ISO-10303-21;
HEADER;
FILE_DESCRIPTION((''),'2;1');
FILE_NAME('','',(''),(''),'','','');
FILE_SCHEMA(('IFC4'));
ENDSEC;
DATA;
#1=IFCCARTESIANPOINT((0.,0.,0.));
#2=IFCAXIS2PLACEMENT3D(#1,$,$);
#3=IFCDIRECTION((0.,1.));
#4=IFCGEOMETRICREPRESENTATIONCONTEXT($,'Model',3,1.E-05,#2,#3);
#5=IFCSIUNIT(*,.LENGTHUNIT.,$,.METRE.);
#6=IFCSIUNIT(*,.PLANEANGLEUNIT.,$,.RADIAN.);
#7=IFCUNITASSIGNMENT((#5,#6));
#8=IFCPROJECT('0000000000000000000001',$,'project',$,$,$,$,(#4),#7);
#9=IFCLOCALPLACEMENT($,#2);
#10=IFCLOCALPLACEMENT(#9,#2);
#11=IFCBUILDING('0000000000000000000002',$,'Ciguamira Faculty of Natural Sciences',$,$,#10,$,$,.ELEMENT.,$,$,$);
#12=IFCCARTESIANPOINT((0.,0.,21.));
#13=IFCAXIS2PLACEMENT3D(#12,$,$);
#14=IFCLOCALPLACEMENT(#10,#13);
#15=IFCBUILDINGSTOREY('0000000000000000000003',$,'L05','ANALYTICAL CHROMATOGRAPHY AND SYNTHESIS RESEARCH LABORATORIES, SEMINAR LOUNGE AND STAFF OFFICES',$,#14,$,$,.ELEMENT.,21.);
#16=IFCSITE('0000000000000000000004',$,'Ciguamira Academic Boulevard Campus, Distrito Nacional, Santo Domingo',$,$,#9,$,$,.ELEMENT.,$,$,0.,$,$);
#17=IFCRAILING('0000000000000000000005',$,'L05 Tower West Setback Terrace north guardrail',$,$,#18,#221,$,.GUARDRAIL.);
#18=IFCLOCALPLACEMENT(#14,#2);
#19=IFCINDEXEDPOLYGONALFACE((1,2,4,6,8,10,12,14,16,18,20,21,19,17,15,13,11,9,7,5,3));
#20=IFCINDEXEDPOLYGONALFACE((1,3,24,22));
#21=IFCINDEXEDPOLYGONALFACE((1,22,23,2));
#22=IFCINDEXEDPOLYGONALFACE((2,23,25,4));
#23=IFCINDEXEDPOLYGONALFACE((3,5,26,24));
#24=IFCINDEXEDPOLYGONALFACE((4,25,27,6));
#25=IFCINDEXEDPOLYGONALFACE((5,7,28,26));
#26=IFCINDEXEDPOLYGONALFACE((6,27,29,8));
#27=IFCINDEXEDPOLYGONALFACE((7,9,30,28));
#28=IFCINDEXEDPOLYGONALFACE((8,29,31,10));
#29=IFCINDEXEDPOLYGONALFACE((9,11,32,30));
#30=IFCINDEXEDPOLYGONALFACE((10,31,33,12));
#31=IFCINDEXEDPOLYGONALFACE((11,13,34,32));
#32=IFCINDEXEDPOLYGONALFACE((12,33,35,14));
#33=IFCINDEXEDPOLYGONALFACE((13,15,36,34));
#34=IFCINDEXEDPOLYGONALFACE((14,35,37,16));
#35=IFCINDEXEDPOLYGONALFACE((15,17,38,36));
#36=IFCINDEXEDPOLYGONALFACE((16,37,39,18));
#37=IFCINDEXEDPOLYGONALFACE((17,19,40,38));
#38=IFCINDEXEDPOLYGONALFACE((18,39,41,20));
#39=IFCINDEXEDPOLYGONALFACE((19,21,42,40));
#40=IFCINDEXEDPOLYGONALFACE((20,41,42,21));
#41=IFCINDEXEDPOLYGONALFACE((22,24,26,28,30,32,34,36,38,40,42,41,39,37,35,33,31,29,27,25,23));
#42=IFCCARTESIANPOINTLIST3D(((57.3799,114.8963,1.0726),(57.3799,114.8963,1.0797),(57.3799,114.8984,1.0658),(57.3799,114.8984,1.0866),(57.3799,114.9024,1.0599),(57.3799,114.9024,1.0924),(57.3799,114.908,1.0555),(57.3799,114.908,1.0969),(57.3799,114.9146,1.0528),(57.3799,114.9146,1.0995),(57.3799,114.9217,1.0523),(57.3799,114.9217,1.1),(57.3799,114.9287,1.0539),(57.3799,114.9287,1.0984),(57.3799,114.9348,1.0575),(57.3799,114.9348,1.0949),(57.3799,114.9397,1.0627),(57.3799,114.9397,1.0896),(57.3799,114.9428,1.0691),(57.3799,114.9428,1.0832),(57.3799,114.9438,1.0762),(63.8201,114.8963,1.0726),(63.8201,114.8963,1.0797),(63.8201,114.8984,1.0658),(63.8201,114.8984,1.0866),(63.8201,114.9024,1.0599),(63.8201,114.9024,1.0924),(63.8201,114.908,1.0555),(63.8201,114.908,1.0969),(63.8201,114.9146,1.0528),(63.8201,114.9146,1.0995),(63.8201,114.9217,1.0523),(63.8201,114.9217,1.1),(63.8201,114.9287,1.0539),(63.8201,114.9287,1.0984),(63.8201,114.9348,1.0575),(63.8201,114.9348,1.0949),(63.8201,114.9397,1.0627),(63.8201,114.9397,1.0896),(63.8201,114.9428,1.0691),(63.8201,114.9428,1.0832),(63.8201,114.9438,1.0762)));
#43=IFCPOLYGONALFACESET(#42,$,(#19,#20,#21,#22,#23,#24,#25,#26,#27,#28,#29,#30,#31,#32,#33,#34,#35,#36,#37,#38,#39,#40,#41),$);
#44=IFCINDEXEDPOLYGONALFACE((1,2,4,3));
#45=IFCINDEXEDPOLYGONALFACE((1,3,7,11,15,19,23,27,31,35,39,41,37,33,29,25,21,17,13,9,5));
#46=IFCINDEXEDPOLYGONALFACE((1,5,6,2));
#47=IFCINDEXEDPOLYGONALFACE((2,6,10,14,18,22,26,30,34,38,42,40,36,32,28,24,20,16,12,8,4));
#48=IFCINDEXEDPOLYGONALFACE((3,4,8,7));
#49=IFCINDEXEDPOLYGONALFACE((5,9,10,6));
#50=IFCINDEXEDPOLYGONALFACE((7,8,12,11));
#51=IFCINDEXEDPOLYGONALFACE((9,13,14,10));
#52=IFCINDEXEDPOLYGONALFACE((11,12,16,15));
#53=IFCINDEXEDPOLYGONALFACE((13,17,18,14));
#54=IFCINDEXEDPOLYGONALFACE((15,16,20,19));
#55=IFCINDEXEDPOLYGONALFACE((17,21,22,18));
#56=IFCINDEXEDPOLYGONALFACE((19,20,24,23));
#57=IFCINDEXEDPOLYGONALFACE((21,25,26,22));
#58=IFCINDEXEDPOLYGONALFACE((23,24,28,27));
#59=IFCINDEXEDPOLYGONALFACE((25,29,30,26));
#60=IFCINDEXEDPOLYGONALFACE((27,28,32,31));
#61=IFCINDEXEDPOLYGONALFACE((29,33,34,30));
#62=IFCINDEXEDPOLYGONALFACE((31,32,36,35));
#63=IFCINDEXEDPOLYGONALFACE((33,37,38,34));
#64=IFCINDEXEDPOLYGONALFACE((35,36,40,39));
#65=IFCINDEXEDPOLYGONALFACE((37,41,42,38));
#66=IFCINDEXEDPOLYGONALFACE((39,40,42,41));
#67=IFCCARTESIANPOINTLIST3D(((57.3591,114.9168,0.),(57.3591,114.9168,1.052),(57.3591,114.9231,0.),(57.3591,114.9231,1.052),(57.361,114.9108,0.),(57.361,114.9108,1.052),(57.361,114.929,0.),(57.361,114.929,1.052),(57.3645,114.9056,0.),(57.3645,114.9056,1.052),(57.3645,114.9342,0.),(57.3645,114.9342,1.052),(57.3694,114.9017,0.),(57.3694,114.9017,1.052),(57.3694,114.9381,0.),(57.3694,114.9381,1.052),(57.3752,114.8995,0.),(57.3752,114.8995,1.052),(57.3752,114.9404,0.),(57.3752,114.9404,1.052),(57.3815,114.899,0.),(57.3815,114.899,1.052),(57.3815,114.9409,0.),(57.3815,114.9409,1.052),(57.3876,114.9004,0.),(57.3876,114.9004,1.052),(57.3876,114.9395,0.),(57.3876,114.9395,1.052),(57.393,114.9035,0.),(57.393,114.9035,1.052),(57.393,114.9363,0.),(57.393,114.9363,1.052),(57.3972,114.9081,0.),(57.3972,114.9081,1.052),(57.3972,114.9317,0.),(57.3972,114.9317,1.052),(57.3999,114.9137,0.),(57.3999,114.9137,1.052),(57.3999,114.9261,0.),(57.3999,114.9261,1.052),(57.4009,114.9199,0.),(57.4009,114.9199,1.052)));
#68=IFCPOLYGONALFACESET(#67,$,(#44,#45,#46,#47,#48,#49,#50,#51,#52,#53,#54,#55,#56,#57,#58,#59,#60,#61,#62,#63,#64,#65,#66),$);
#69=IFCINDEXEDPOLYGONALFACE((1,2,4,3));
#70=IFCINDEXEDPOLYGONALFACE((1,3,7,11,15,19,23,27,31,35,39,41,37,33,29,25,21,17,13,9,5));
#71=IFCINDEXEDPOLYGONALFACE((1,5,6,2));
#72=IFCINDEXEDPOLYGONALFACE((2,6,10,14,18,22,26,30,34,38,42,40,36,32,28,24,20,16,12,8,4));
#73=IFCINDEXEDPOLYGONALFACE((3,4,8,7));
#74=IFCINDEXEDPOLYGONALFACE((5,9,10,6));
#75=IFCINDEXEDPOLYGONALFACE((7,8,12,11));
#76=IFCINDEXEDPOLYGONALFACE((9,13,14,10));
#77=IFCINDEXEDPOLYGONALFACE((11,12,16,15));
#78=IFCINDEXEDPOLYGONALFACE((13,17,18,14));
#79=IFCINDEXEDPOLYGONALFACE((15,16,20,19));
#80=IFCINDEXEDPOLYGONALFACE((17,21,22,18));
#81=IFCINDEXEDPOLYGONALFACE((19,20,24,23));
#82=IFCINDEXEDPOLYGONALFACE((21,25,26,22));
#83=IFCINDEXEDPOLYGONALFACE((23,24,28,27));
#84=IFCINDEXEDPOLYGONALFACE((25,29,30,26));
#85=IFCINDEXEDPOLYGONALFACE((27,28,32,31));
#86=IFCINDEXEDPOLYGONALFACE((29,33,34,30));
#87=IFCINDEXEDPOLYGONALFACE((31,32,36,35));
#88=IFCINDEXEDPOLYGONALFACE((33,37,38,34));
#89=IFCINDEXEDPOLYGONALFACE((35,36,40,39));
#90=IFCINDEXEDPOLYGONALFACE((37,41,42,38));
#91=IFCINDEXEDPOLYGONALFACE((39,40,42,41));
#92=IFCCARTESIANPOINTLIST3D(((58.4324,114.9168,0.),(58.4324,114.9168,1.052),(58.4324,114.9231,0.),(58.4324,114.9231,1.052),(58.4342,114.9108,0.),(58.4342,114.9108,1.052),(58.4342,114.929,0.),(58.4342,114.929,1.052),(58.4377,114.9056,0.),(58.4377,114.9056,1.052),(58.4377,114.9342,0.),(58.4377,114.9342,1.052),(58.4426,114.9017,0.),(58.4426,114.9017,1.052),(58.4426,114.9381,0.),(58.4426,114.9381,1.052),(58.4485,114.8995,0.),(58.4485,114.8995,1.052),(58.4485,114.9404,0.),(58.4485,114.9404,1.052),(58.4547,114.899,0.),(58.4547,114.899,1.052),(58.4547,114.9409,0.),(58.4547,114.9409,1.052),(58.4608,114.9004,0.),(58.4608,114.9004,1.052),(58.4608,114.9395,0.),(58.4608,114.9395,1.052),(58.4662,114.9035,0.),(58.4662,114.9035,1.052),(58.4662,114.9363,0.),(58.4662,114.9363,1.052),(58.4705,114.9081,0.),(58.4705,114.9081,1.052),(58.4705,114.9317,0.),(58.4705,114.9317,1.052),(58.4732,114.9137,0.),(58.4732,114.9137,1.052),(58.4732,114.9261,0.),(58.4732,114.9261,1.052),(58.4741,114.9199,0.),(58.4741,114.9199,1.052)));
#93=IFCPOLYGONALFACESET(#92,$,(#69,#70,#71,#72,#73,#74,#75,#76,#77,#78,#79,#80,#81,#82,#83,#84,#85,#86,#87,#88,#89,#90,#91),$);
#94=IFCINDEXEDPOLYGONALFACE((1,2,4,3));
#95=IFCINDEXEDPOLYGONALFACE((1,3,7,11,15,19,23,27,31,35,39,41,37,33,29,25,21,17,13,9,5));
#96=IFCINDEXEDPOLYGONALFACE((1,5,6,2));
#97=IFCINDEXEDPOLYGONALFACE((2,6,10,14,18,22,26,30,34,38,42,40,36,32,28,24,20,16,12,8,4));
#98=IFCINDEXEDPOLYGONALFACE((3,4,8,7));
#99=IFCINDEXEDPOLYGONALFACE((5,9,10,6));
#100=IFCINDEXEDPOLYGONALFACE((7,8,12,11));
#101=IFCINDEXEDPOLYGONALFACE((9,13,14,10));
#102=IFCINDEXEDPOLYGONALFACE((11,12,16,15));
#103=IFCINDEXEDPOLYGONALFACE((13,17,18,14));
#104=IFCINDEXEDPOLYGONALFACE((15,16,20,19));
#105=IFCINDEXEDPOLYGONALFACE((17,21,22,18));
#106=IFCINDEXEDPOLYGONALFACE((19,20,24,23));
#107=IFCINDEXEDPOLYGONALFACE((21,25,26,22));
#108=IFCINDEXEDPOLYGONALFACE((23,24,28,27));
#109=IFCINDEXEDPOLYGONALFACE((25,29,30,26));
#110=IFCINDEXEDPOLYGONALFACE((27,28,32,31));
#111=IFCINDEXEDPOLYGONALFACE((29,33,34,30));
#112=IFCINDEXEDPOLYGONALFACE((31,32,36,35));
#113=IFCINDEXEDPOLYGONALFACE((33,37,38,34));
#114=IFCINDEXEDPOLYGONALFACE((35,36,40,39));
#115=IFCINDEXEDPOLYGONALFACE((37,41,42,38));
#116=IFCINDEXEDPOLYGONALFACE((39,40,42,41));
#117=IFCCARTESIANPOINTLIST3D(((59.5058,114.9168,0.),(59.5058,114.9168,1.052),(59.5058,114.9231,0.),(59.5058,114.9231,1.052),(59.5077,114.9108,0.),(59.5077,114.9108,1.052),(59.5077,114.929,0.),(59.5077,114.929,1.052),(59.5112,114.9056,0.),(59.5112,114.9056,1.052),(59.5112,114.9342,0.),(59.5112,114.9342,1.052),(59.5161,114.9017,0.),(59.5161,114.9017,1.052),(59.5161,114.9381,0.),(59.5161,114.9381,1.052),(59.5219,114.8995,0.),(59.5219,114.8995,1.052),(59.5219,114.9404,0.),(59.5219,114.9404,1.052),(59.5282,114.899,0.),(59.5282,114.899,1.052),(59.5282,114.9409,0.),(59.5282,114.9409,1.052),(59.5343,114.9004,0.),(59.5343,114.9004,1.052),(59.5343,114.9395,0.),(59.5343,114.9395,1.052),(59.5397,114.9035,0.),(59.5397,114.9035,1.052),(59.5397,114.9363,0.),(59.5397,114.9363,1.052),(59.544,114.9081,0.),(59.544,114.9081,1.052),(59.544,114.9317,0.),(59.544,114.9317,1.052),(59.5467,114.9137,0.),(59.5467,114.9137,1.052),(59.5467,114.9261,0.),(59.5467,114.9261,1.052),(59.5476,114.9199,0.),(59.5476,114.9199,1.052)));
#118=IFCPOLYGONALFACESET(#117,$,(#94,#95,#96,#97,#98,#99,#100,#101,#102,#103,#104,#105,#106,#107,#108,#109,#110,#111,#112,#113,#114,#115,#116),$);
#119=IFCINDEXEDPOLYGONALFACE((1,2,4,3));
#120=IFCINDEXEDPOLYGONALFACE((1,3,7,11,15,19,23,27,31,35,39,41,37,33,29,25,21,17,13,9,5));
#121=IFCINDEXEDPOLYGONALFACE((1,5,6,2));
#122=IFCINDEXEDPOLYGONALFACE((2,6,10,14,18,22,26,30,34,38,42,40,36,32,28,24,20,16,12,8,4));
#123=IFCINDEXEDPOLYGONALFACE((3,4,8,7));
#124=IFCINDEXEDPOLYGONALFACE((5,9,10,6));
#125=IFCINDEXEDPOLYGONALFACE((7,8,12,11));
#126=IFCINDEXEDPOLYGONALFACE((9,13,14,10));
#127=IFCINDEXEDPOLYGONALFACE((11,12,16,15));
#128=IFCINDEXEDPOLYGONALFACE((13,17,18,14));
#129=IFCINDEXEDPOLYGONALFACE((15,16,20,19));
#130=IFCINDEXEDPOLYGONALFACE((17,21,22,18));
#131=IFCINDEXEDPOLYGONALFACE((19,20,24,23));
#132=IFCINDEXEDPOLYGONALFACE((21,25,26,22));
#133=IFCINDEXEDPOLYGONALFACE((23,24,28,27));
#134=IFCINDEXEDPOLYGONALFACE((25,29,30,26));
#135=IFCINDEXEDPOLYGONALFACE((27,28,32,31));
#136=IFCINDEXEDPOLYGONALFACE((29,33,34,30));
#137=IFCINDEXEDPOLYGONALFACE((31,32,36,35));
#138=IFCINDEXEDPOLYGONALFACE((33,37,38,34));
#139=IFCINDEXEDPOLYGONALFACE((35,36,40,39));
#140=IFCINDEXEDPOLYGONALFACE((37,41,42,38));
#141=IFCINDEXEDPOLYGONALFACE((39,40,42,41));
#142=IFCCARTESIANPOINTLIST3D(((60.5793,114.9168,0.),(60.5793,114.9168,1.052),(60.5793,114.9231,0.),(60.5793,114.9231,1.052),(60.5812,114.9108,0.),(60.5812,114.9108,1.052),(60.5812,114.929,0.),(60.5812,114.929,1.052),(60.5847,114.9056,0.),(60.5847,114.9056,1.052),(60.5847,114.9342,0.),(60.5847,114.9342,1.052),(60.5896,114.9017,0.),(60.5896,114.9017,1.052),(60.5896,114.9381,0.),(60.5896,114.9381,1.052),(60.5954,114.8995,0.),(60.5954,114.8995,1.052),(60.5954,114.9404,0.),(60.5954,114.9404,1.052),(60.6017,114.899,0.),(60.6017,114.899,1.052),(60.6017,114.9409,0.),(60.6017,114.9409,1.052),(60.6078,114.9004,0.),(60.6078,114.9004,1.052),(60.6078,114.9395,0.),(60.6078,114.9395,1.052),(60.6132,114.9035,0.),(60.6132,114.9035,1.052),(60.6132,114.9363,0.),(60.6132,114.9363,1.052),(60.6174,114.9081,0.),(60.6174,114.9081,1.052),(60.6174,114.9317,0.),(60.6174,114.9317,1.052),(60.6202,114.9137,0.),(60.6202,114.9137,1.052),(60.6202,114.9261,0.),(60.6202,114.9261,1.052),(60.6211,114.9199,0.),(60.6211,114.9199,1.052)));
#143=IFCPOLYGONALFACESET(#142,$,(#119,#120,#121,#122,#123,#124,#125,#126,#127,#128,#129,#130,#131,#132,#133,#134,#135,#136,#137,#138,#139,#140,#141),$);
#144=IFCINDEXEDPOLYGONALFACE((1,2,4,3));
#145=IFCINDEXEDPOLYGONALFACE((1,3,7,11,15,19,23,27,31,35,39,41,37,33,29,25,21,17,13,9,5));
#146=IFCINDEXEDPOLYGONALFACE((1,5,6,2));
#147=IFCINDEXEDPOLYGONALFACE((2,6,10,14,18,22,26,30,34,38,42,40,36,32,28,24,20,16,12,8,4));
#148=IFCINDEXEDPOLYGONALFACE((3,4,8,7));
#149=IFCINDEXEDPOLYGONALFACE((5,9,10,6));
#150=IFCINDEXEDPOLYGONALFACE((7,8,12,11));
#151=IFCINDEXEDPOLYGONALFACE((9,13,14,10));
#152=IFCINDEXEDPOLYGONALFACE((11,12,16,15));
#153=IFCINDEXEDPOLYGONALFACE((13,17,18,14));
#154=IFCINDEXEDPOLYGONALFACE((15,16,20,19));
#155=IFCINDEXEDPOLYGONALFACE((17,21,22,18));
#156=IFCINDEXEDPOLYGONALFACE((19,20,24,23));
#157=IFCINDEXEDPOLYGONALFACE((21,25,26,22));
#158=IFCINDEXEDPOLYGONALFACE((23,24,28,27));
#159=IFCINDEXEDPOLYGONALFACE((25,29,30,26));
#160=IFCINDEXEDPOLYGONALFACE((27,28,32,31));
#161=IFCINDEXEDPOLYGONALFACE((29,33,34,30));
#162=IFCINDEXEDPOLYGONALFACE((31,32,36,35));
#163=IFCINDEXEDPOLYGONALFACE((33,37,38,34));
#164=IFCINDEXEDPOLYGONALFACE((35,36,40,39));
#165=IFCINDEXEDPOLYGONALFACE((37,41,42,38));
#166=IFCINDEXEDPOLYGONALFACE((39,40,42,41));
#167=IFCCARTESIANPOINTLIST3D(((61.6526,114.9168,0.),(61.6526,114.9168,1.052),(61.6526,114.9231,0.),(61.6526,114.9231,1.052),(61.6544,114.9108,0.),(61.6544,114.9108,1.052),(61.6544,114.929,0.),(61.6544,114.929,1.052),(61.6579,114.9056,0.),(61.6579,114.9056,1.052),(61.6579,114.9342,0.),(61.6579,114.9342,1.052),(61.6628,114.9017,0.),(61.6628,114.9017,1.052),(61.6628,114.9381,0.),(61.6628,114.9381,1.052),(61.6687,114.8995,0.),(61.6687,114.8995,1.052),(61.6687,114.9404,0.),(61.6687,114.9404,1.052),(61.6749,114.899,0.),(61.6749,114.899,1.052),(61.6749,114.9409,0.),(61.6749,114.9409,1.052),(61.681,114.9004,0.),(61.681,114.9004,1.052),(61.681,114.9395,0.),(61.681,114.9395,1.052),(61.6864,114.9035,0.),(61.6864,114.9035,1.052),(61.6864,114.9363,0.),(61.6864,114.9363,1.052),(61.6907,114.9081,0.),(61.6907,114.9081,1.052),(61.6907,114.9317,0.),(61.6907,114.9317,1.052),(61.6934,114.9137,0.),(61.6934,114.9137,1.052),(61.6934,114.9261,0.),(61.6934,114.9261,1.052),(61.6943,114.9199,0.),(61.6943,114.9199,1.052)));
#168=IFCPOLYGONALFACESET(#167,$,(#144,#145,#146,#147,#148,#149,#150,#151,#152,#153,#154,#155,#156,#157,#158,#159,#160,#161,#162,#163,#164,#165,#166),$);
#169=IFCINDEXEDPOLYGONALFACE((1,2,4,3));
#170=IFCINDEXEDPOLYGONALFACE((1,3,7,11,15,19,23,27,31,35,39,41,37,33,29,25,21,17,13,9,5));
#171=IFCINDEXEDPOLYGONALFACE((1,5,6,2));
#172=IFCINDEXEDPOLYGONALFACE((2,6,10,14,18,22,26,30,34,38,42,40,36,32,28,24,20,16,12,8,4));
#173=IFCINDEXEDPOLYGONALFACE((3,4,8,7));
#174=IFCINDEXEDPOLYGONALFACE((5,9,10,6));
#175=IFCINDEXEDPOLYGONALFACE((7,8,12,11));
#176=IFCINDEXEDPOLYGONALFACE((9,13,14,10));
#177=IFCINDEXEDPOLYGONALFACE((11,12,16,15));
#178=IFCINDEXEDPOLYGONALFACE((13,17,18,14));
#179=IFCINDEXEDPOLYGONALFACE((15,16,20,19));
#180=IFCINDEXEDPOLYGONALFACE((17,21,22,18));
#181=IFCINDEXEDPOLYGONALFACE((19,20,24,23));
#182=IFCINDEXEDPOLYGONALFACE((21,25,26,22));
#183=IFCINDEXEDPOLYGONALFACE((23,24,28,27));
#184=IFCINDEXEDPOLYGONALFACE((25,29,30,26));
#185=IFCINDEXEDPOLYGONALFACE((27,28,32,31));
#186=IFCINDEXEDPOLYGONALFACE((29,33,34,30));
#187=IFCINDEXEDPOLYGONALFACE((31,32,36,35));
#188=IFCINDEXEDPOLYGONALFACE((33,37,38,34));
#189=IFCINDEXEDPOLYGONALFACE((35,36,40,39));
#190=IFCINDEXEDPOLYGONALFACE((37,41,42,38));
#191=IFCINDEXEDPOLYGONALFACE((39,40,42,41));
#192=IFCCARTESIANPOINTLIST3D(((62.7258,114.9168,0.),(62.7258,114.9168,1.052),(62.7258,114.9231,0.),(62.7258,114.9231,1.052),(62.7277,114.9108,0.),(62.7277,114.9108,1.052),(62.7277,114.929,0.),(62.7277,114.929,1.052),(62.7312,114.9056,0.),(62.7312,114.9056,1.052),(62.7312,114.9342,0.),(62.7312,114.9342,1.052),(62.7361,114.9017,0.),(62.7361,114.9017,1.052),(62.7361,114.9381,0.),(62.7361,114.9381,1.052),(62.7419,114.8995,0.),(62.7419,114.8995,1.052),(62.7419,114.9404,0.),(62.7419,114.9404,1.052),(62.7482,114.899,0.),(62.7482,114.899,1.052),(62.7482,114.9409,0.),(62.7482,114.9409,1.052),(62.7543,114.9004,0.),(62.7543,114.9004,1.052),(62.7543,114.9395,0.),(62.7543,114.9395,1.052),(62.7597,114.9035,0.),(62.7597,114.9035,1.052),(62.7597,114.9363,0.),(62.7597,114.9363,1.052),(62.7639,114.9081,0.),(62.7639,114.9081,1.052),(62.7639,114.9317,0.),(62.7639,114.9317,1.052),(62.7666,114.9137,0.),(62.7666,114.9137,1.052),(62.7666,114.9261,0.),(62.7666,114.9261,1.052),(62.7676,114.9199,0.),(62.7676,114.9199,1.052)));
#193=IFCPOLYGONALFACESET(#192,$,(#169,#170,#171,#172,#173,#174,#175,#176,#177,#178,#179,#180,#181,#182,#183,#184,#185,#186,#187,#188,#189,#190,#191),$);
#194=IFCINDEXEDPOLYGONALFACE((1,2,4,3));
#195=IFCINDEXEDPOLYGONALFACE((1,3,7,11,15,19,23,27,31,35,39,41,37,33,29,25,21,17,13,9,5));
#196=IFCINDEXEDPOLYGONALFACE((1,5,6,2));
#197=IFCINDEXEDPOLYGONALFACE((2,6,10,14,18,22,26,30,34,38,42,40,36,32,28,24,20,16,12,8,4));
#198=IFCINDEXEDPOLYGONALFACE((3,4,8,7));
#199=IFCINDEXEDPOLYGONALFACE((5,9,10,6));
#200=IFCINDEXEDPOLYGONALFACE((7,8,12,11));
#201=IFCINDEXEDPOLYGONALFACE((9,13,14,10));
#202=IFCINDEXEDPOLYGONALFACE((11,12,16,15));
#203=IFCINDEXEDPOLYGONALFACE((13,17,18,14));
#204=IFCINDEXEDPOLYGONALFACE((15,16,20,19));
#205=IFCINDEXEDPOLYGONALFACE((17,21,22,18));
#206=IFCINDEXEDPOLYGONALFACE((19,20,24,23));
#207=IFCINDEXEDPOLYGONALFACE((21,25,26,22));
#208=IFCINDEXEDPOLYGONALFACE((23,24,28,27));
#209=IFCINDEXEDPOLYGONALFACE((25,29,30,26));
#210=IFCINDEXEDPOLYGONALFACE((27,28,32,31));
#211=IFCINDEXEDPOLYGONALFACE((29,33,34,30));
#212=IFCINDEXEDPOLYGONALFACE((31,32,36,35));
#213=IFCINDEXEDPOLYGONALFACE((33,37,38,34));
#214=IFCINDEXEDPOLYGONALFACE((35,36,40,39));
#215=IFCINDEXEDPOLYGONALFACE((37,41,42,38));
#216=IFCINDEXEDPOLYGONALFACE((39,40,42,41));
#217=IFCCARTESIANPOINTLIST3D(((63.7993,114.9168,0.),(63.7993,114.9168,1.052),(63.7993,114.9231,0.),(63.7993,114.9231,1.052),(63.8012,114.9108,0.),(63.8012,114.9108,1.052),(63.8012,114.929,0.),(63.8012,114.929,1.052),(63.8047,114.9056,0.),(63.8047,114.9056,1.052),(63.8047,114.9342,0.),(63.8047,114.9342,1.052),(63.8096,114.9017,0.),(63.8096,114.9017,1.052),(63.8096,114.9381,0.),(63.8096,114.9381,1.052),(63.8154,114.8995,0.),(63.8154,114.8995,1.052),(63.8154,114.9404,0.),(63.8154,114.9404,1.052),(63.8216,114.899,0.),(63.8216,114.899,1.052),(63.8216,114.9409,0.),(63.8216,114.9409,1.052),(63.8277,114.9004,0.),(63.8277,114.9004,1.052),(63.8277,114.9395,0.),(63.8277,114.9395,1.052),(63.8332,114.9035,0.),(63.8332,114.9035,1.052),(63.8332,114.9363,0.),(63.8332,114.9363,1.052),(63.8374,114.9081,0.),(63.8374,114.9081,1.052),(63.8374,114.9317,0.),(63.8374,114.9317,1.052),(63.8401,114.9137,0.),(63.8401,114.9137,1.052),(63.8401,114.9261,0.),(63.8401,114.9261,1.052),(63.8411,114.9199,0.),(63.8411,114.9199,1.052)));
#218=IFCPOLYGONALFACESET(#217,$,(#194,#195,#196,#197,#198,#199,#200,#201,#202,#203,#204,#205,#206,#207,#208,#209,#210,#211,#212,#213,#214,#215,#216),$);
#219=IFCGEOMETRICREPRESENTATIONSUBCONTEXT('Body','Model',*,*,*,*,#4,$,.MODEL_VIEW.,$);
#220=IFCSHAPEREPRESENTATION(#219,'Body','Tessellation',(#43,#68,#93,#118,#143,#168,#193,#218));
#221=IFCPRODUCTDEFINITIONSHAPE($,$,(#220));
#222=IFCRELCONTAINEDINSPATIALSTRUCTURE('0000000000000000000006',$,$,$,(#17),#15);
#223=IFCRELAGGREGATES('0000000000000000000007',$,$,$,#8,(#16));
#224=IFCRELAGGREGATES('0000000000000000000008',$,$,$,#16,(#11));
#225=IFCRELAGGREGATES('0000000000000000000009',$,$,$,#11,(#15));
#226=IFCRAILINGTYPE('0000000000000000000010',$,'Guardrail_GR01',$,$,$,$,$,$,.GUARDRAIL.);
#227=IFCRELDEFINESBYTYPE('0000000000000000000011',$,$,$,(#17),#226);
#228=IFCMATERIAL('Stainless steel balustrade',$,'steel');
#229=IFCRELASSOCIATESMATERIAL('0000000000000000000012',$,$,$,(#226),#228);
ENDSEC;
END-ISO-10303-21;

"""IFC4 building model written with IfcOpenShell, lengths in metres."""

from ifc_helpers import new_model, si_unit, direction, frame, origin, origin_2d, place, context, subcontext, project, spatial, circle, extrude, material, type_object, element, save


model = new_model("IFC4")

# Units and contexts
model_context = context("Model", 3, precision=1e-05, world=origin(), true_north=direction((0.0, 1.0)))
body_context = subcontext(model_context, "Body", "Model", "MODEL_VIEW")
ifc_project = project(units=[si_unit("LENGTHUNIT", "METRE"), si_unit("PLANEANGLEUNIT", "RADIAN")], contexts=[model_context])

# Site, building, storey
site_placement = place(None, origin())
site = spatial("IfcSite", under=ifc_project, at=site_placement, Name="Ciguamira Academic Boulevard Campus, Distrito Nacional, Santo Domingo", CompositionType="ELEMENT", RefElevation=0.0)
building_placement = place(site_placement, origin())
building = spatial("IfcBuilding", under=site, at=building_placement, Name="Ciguamira Faculty of Natural Sciences", CompositionType="ELEMENT")
storey_placement = place(building_placement, frame((0.0, 0.0, 21.0)))
storey = spatial("IfcBuildingStorey", under=building, at=storey_placement, Name="L05", Description="ANALYTICAL CHROMATOGRAPHY AND SYNTHESIS RESEARCH LABORATORIES, SEMINAR LOUNGE AND STAFF OFFICES", CompositionType="ELEMENT", Elevation=21.0)

# Railing
ifc_material_1 = material(Name="Stainless steel balustrade", Category="steel")
railing_type = type_object("IfcRailingType", Name="Guardrail_GR01", PredefinedType="GUARDRAIL", material=ifc_material_1)
railing_placement = place(storey_placement, frame((57.3799, 114.9199, 0.0)))
element("IfcRailing", 1, at=railing_placement, inside=storey, type_object=railing_type, Name="L05 Tower West Setback Terrace north guardrail", PredefinedType="GUARDRAIL", context=body_context, shape_type="SweptSolid", body=[
    extrude(circle(Radius=0.0239, at=origin_2d()), frame((0.0, 0.0, 1.0762), z_axis=(1.0, 0.0, 0.0), x_axis=(0.0, 1.0, 0.0)), (0.0, 0.0, 1.0), 6.4402),
    extrude(circle(Radius=0.021, at=origin_2d()), origin(), (0.0, 0.0, 1.0), 1.052),
    extrude(circle(Radius=0.021, at=origin_2d()), frame((1.0732, 0.0, 0.0)), (0.0, 0.0, 1.0), 1.052),
    extrude(circle(Radius=0.021, at=origin_2d()), frame((2.1467, 0.0, 0.0)), (0.0, 0.0, 1.0), 1.052),
    extrude(circle(Radius=0.021, at=origin_2d()), frame((3.2202, 0.0, 0.0)), (0.0, 0.0, 1.0), 1.052),
    extrude(circle(Radius=0.021, at=origin_2d()), frame((4.2935, 0.0, 0.0)), (0.0, 0.0, 1.0), 1.052),
    extrude(circle(Radius=0.021, at=origin_2d()), frame((5.3667, 0.0, 0.0)), (0.0, 0.0, 1.0), 1.052),
    extrude(circle(Radius=0.021, at=origin_2d()), frame((6.4402, 0.0, 0.0)), (0.0, 0.0, 1.0), 1.052),
])

save(model, "model.ifc")
